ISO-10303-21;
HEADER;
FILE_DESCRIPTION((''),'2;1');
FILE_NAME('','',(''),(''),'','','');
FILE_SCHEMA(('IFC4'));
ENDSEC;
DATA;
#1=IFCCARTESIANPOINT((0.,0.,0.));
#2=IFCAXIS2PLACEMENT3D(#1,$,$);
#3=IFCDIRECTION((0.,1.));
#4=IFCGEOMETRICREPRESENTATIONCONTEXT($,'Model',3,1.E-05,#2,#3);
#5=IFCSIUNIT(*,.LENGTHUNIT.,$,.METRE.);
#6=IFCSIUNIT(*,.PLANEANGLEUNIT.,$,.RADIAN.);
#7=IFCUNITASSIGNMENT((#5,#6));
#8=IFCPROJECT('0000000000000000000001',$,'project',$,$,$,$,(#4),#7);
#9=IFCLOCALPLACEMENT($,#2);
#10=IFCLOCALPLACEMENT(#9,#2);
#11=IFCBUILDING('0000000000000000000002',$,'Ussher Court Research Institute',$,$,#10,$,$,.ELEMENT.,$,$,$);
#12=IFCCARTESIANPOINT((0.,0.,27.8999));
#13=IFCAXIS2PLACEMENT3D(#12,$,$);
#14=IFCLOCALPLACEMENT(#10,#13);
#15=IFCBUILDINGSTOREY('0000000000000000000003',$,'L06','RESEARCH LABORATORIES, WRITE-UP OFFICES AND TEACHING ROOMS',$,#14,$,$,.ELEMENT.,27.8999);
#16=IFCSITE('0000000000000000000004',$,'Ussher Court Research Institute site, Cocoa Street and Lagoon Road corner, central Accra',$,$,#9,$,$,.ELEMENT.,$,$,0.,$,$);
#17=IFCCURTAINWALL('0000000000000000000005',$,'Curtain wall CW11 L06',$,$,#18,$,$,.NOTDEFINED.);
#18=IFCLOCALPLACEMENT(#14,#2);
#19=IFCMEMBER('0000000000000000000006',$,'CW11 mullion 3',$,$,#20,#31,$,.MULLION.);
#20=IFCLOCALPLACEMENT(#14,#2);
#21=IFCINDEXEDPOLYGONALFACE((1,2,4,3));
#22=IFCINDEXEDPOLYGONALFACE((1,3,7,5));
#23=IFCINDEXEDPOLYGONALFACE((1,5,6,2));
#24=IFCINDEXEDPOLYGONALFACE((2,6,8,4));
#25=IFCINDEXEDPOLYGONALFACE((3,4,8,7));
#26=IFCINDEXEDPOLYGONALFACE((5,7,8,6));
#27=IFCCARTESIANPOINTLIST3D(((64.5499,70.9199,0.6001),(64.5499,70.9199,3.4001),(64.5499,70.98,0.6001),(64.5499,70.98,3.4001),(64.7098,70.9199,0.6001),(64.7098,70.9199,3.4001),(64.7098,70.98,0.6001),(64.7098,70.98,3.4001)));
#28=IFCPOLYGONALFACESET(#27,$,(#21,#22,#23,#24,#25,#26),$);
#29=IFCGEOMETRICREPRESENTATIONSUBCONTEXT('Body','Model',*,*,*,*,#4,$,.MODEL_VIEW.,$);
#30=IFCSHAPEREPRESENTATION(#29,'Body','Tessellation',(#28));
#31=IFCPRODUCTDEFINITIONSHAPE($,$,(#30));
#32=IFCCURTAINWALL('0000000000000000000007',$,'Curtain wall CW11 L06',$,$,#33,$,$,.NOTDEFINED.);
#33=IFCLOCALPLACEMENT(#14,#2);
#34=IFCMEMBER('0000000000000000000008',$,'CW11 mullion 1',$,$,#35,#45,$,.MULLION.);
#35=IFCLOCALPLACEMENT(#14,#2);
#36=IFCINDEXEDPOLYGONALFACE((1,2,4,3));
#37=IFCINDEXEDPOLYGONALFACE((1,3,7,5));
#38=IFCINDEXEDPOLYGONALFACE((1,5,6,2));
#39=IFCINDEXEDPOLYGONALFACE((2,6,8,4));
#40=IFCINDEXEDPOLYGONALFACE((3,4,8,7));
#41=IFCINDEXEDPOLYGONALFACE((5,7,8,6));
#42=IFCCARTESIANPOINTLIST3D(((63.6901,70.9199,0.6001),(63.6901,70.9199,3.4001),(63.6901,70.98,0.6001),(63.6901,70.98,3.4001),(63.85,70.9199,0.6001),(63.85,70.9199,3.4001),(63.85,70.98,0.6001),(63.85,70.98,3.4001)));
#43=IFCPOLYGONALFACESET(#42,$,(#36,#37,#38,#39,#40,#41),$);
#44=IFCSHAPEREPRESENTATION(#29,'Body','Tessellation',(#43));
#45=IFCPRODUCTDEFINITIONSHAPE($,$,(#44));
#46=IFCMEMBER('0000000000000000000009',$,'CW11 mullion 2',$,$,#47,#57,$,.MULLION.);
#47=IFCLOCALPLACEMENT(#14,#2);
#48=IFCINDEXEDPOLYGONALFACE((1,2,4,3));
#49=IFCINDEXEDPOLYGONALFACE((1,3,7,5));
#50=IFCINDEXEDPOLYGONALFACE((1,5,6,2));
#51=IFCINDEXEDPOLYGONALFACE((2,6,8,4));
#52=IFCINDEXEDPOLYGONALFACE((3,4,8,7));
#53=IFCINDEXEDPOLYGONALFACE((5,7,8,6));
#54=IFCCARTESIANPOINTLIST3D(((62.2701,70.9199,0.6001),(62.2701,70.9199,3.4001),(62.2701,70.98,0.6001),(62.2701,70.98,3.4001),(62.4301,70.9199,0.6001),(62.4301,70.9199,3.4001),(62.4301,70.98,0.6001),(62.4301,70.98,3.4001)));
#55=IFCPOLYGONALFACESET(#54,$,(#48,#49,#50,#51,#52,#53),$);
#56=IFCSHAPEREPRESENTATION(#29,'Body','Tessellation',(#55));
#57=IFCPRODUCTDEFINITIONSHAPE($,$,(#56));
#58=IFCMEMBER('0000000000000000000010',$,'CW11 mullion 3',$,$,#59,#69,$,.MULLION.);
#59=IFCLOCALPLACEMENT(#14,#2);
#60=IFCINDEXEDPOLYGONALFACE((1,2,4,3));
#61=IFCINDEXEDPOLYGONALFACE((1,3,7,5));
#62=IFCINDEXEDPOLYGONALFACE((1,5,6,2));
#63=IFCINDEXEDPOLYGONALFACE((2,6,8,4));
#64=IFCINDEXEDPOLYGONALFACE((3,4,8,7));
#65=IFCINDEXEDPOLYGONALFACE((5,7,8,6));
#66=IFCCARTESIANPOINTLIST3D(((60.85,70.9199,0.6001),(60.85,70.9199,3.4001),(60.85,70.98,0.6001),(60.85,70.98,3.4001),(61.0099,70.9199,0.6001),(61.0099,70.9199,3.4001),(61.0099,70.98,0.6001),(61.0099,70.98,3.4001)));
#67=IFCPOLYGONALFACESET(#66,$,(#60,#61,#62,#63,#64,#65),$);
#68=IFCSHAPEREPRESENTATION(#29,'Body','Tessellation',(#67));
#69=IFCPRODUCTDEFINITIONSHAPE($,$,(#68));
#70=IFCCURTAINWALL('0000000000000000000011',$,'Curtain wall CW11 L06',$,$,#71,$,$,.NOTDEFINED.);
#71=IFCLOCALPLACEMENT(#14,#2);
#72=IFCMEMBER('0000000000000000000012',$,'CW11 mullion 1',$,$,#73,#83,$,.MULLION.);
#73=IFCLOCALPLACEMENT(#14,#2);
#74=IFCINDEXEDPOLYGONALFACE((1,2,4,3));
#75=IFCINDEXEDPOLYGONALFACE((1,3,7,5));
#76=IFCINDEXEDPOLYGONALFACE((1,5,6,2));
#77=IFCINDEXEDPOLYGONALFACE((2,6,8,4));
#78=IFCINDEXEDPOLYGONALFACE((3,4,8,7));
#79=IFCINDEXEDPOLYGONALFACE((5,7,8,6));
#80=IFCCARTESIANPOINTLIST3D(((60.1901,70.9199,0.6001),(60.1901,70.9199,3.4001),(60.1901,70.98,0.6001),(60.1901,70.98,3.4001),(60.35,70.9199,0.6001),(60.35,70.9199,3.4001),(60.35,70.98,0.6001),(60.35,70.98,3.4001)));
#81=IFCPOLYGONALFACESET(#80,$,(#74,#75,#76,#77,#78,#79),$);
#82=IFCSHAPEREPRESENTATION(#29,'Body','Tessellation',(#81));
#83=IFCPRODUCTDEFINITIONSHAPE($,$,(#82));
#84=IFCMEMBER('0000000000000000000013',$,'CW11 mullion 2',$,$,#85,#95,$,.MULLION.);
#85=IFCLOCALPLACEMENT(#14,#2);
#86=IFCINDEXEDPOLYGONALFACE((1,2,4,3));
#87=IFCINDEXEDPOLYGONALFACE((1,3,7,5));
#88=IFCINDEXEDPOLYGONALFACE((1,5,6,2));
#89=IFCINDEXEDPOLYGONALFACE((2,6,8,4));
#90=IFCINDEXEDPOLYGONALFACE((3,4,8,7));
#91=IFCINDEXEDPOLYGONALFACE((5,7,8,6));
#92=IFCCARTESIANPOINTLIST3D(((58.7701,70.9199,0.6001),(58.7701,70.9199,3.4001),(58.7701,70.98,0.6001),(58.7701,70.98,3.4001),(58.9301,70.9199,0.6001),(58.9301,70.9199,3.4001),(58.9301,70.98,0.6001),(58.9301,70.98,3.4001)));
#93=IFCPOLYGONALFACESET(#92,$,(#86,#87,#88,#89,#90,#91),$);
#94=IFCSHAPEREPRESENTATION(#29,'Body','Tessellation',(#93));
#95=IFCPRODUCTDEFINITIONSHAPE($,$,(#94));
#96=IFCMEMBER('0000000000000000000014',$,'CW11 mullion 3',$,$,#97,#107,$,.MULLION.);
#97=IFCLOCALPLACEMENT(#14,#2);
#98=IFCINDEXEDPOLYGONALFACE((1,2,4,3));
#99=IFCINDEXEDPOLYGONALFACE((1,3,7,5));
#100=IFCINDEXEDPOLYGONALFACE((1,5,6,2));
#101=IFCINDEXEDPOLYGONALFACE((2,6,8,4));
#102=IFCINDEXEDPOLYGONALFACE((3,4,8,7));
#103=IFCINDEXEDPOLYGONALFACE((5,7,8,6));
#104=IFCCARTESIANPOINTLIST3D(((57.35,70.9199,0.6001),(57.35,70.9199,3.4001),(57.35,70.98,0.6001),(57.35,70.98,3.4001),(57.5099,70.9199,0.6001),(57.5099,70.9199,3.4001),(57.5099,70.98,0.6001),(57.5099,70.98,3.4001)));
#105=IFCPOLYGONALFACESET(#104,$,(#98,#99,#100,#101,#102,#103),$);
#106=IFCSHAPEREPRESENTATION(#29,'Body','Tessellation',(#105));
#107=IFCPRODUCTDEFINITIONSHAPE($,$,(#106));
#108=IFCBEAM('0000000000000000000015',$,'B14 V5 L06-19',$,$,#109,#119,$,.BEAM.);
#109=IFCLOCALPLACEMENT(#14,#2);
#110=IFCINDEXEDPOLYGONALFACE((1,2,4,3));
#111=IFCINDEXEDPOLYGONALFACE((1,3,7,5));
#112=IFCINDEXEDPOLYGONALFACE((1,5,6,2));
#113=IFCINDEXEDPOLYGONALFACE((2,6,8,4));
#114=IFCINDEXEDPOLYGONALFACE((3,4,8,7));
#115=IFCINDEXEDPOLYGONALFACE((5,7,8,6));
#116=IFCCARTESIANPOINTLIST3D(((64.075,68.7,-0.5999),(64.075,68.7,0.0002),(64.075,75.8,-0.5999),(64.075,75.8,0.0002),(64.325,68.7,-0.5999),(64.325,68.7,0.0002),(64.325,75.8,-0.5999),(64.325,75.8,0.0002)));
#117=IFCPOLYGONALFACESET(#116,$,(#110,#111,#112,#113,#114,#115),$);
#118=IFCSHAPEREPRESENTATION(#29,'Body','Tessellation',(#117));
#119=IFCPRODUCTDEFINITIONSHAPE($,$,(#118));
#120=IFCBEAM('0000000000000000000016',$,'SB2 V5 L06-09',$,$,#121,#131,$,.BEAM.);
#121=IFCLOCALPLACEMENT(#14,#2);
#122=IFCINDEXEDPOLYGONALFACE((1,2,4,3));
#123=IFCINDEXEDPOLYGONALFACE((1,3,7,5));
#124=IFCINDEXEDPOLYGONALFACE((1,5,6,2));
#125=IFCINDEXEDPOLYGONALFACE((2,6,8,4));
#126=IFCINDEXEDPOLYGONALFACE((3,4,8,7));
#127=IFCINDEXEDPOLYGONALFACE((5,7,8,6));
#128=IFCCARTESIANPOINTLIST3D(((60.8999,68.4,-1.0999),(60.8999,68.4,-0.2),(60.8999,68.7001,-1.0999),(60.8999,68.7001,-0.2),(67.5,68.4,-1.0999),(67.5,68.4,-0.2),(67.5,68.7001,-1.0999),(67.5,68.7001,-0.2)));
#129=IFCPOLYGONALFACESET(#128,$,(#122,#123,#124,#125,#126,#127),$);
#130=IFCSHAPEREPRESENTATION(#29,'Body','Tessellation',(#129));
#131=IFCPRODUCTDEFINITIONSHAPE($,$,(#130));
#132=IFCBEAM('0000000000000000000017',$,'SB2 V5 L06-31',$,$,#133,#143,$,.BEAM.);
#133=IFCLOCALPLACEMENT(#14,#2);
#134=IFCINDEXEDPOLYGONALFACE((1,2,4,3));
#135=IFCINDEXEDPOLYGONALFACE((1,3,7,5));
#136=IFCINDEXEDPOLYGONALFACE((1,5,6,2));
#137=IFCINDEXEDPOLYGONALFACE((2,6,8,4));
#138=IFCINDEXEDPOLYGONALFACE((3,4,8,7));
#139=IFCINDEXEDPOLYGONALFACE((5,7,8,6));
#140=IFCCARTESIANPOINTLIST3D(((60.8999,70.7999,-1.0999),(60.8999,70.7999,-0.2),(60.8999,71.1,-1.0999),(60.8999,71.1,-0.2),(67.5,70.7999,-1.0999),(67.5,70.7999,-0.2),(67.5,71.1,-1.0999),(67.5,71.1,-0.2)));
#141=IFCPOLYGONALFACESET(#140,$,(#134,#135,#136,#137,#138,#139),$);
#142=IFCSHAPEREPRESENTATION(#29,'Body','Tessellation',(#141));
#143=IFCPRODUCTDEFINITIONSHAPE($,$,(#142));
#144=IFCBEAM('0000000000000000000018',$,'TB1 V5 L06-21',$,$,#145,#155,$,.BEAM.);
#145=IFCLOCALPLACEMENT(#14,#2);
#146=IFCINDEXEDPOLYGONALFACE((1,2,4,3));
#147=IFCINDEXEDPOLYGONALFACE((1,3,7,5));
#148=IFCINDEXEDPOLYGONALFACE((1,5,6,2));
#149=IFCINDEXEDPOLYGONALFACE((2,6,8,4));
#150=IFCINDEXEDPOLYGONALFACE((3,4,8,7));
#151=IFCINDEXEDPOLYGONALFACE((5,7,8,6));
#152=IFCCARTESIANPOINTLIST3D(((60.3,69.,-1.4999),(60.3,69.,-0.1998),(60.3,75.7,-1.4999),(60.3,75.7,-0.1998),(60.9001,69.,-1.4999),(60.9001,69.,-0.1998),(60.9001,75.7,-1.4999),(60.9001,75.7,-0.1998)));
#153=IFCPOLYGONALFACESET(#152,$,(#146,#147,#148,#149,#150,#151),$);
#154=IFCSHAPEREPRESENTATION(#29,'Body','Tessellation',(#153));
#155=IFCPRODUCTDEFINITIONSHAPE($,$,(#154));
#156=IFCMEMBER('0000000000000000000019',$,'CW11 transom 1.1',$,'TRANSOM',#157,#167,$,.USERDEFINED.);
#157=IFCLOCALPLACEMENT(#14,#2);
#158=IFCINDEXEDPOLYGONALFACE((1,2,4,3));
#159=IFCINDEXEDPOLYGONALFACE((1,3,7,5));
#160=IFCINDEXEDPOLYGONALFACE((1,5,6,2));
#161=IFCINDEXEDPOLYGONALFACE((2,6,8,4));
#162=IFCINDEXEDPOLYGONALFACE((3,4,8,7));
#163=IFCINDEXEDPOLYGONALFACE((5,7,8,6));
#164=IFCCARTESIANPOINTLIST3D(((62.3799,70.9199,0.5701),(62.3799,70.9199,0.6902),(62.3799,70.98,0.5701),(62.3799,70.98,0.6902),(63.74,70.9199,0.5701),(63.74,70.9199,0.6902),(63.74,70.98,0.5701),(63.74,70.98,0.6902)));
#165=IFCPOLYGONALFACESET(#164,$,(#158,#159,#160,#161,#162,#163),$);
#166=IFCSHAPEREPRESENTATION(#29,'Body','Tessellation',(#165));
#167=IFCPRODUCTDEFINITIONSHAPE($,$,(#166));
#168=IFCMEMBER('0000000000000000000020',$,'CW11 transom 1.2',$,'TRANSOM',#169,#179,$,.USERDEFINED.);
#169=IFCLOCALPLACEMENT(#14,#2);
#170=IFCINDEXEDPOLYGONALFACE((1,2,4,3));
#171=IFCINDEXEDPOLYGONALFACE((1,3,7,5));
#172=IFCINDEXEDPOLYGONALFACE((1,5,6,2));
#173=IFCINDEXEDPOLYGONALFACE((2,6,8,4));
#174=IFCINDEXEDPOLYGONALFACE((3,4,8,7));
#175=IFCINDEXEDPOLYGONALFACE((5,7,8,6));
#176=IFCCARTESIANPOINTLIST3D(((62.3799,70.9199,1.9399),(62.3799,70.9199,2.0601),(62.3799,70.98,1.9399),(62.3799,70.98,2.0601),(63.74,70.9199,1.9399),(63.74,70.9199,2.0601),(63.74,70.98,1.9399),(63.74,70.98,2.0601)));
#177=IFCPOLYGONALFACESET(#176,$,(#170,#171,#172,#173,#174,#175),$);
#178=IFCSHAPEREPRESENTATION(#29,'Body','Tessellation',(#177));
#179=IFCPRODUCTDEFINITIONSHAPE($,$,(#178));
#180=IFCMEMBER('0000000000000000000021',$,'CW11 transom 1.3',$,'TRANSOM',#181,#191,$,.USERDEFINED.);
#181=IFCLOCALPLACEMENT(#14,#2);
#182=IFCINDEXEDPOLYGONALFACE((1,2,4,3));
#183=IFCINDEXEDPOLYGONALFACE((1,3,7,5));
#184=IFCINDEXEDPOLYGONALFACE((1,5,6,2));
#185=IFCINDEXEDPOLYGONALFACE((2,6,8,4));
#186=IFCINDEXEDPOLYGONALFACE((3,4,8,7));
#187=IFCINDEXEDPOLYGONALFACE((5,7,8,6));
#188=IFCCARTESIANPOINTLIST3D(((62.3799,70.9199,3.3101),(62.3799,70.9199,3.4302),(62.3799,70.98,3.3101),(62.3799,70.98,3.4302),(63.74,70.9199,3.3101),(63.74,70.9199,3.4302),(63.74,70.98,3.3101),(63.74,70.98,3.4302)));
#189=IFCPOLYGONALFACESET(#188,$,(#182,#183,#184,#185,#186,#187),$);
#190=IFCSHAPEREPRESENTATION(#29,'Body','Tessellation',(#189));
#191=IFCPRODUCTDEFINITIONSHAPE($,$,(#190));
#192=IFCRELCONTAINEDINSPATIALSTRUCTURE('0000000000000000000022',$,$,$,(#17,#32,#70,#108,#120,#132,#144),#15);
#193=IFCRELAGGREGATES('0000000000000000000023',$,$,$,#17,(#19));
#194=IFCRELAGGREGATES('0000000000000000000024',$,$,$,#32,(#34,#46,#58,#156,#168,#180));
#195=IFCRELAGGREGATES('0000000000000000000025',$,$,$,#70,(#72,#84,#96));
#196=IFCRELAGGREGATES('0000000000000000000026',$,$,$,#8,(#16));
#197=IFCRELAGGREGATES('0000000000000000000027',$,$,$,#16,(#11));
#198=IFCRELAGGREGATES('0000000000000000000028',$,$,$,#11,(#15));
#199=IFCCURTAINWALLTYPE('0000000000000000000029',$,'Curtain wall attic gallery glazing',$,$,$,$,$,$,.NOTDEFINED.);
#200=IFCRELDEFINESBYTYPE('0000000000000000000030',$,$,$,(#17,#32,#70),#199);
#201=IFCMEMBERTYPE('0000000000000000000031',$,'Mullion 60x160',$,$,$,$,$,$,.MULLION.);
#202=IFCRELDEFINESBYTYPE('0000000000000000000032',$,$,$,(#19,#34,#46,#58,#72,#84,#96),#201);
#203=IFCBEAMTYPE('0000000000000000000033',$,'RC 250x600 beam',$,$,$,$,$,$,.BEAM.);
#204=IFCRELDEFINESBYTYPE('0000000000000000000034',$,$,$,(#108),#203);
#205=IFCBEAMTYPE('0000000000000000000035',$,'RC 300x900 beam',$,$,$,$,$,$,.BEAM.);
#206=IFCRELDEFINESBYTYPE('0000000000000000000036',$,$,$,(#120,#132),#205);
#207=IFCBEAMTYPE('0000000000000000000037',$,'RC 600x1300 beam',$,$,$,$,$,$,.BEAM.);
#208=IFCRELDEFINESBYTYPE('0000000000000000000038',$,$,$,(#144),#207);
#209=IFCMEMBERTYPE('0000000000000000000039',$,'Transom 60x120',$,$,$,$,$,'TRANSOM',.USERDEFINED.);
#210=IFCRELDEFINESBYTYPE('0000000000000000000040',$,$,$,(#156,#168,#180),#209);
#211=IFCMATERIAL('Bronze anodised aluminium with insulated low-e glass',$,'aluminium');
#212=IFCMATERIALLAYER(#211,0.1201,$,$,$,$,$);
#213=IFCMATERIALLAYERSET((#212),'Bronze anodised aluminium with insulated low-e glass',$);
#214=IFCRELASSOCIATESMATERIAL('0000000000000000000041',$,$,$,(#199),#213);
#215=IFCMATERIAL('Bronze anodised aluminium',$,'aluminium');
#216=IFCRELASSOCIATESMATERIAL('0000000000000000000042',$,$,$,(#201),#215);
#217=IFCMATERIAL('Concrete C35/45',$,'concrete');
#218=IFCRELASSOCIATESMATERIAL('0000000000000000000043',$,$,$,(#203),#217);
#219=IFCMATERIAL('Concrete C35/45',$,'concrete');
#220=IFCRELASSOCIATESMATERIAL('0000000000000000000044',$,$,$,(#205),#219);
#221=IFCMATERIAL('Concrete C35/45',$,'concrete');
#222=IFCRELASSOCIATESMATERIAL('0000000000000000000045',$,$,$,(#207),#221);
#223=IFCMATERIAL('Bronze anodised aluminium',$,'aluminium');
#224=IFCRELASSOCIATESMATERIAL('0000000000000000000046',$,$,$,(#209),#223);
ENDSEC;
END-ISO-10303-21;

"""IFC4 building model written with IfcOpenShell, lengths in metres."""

from ifc_helpers import new_model, si_unit, direction, frame, origin, origin_2d, place, context, subcontext, project, spatial, rectangle, extrude, material, layer, layer_set, material_profile, profile_set, type_object, element, aggregate, save


model = new_model("IFC4")

# Units and contexts
model_context = context("Model", 3, precision=1e-05, world=origin(), true_north=direction((0.0, 1.0)))
body_context = subcontext(model_context, "Body", "Model", "MODEL_VIEW")
ifc_project = project(units=[si_unit("LENGTHUNIT", "METRE"), si_unit("PLANEANGLEUNIT", "RADIAN")], contexts=[model_context])

# Site, building, storey
site_placement = place(None, origin())
site = spatial("IfcSite", under=ifc_project, at=site_placement, Name="Ussher Court Research Institute site, Cocoa Street and Lagoon Road corner, central Accra", CompositionType="ELEMENT", RefElevation=0.0)
building_placement = place(site_placement, origin())
building = spatial("IfcBuilding", under=site, at=building_placement, Name="Ussher Court Research Institute", CompositionType="ELEMENT")
storey_placement = place(building_placement, frame((0.0, 0.0, 27.8999)))
storey = spatial("IfcBuildingStorey", under=building, at=storey_placement, Name="L06", Description="RESEARCH LABORATORIES, WRITE-UP OFFICES AND TEACHING ROOMS", CompositionType="ELEMENT", Elevation=27.8999)

# Curtain wall, member
ifc_material_1 = material(Name="Bronze anodised aluminium with insulated low-e glass", Category="aluminium")
ifc_layer_1 = layer(ifc_material_1, 0.1201)
ifc_layer_set_1 = layer_set([ifc_layer_1], Name="Bronze anodised aluminium with insulated low-e glass")
curtain_wall_type = type_object("IfcCurtainWallType", Name="Curtain wall attic gallery glazing", PredefinedType="NOTDEFINED", material=ifc_layer_set_1)
curtain_wall_1_placement = place(storey_placement, origin())
curtain_wall_1 = element("IfcCurtainWall", 1, at=curtain_wall_1_placement, inside=storey, type_object=curtain_wall_type, Name="Curtain wall CW11 L06", PredefinedType="NOTDEFINED")
ifc_material_2 = material(Name="Bronze anodised aluminium", Category="aluminium")
ifc_material_profile_1 = material_profile(ifc_material_2, rectangle(XDim=0.0601, YDim=0.1599, at=origin_2d()), Name="Mullion 60x160")
ifc_profile_set_1 = profile_set([ifc_material_profile_1], Name="Bronze anodised aluminium")
member_type_1 = type_object("IfcMemberType", Name="Mullion 60x160", PredefinedType="MULLION", material=ifc_profile_set_1)
member_1_placement = place(storey_placement, frame((64.6299, 70.95, 0.6001), z_axis=(0.0, 0.0, 1.0), x_axis=(0.0, -1.0, 0.0)))
member_1 = element("IfcMember", 2, at=member_1_placement, type_object=member_type_1, Name="CW11 mullion 3", PredefinedType="MULLION", context=body_context, shape_type="SweptSolid", body=[
    extrude(rectangle(XDim=0.0601, YDim=0.1599, at=origin_2d()), origin(), (0.0, 0.0, 1.0), 2.8),
])

# Curtain walls, members
curtain_wall_2_placement = place(storey_placement, origin())
curtain_wall_2 = element("IfcCurtainWall", 3, at=curtain_wall_2_placement, inside=storey, type_object=curtain_wall_type, Name="Curtain wall CW11 L06", PredefinedType="NOTDEFINED")
member_2_placement = place(storey_placement, frame((63.77, 70.95, 0.6001), z_axis=(0.0, 0.0, 1.0), x_axis=(0.0, -1.0, 0.0)))
member_2 = element("IfcMember", 4, at=member_2_placement, type_object=member_type_1, Name="CW11 mullion 1", PredefinedType="MULLION", context=body_context, shape_type="SweptSolid", body=[
    extrude(rectangle(XDim=0.0601, YDim=0.1599, at=origin_2d()), origin(), (0.0, 0.0, 1.0), 2.8),
])
member_3_placement = place(storey_placement, frame((62.3501, 70.95, 0.6001), z_axis=(0.0, 0.0, 1.0), x_axis=(0.0, -1.0, 0.0)))
member_3 = element("IfcMember", 5, at=member_3_placement, type_object=member_type_1, Name="CW11 mullion 2", PredefinedType="MULLION", context=body_context, shape_type="SweptSolid", body=[
    extrude(rectangle(XDim=0.0601, YDim=0.1599, at=origin_2d()), origin(), (0.0, 0.0, 1.0), 2.8),
])
member_4_placement = place(storey_placement, frame((60.9299, 70.95, 0.6001), z_axis=(0.0, 0.0, 1.0), x_axis=(0.0, -1.0, 0.0)))
member_4 = element("IfcMember", 6, at=member_4_placement, type_object=member_type_1, Name="CW11 mullion 3", PredefinedType="MULLION", context=body_context, shape_type="SweptSolid", body=[
    extrude(rectangle(XDim=0.0601, YDim=0.1599, at=origin_2d()), origin(), (0.0, 0.0, 1.0), 2.8),
])
curtain_wall_3_placement = place(storey_placement, origin())
curtain_wall_3 = element("IfcCurtainWall", 7, at=curtain_wall_3_placement, inside=storey, type_object=curtain_wall_type, Name="Curtain wall CW11 L06", PredefinedType="NOTDEFINED")
member_5_placement = place(storey_placement, frame((60.27, 70.95, 0.6001), z_axis=(0.0, 0.0, 1.0), x_axis=(0.0, -1.0, 0.0)))
member_5 = element("IfcMember", 8, at=member_5_placement, type_object=member_type_1, Name="CW11 mullion 1", PredefinedType="MULLION", context=body_context, shape_type="SweptSolid", body=[
    extrude(rectangle(XDim=0.0601, YDim=0.1599, at=origin_2d()), origin(), (0.0, 0.0, 1.0), 2.8),
])
member_6_placement = place(storey_placement, frame((58.8501, 70.95, 0.6001), z_axis=(0.0, 0.0, 1.0), x_axis=(0.0, -1.0, 0.0)))
member_6 = element("IfcMember", 9, at=member_6_placement, type_object=member_type_1, Name="CW11 mullion 2", PredefinedType="MULLION", context=body_context, shape_type="SweptSolid", body=[
    extrude(rectangle(XDim=0.0601, YDim=0.1599, at=origin_2d()), origin(), (0.0, 0.0, 1.0), 2.8),
])
member_7_placement = place(storey_placement, frame((57.4299, 70.95, 0.6001), z_axis=(0.0, 0.0, 1.0), x_axis=(0.0, -1.0, 0.0)))
member_7 = element("IfcMember", 10, at=member_7_placement, type_object=member_type_1, Name="CW11 mullion 3", PredefinedType="MULLION", context=body_context, shape_type="SweptSolid", body=[
    extrude(rectangle(XDim=0.0601, YDim=0.1599, at=origin_2d()), origin(), (0.0, 0.0, 1.0), 2.8),
])

# Beams
ifc_material_3 = material(Name="Concrete C35/45", Category="concrete")
ifc_material_profile_2 = material_profile(ifc_material_3, rectangle(XDim=0.25, YDim=0.6001, at=origin_2d()), Name="RC 250x600")
ifc_profile_set_2 = profile_set([ifc_material_profile_2], Name="Concrete C35/45")
beam_type_1 = type_object("IfcBeamType", Name="RC 250x600 beam", PredefinedType="BEAM", material=ifc_profile_set_2)
beam_1_placement = place(storey_placement, frame((64.2, 68.7, -0.2998), z_axis=(0.0, 1.0, 0.0), x_axis=(-1.0, 0.0, 0.0)))
element("IfcBeam", 11, at=beam_1_placement, inside=storey, type_object=beam_type_1, Name="B14 V5 L06-19", PredefinedType="BEAM", context=body_context, shape_type="SweptSolid", body=[
    extrude(rectangle(XDim=0.25, YDim=0.6001, at=origin_2d()), origin(), (0.0, 0.0, 1.0), 7.1001),
])
ifc_material_4 = material(Name="Concrete C35/45", Category="concrete")
ifc_material_profile_3 = material_profile(ifc_material_4, rectangle(XDim=0.3, YDim=0.8999, at=origin_2d()), Name="RC 300x900")
ifc_profile_set_3 = profile_set([ifc_material_profile_3], Name="Concrete C35/45")
beam_type_2 = type_object("IfcBeamType", Name="RC 300x900 beam", PredefinedType="BEAM", material=ifc_profile_set_3)
for number, where, z_axis, x_axis, name in (
    (12, (60.8999, 68.55, -0.6499), (1.0, 0.0, 0.0), (0.0, 1.0, 0.0), "SB2 V5 L06-09"),
    (13, (60.8999, 70.95, -0.6499), (1.0, 0.0, 0.0), (0.0, 1.0, 0.0), "SB2 V5 L06-31"),
):
    element("IfcBeam", number, at=place(storey_placement, frame(where, z_axis=z_axis, x_axis=x_axis)), inside=storey, type_object=beam_type_2, Name=name, PredefinedType="BEAM", context=body_context, shape_type="SweptSolid", body=[
        extrude(rectangle(XDim=0.3, YDim=0.8999, at=origin_2d()), origin(), (0.0, 0.0, 1.0), 6.6001),
    ])
ifc_material_5 = material(Name="Concrete C35/45", Category="concrete")
ifc_material_profile_4 = material_profile(ifc_material_5, rectangle(XDim=0.6001, YDim=1.3, at=origin_2d()), Name="RC 600x1300")
ifc_profile_set_4 = profile_set([ifc_material_profile_4], Name="Concrete C35/45")
beam_type_3 = type_object("IfcBeamType", Name="RC 600x1300 beam", PredefinedType="BEAM", material=ifc_profile_set_4)
beam_2_placement = place(storey_placement, frame((60.6001, 69.0, -0.8499), z_axis=(0.0, 1.0, 0.0), x_axis=(-1.0, 0.0, 0.0)))
element("IfcBeam", 14, at=beam_2_placement, inside=storey, type_object=beam_type_3, Name="TB1 V5 L06-21", PredefinedType="BEAM", context=body_context, shape_type="SweptSolid", body=[
    extrude(rectangle(XDim=0.6001, YDim=1.3, at=origin_2d()), origin(), (0.0, 0.0, 1.0), 6.7),
])

# Members
ifc_material_6 = material(Name="Bronze anodised aluminium", Category="aluminium")
ifc_material_profile_5 = material_profile(ifc_material_6, rectangle(XDim=0.0601, YDim=0.1201, at=origin_2d()), Name="Transom 60x120")
ifc_profile_set_5 = profile_set([ifc_material_profile_5], Name="Bronze anodised aluminium")
member_type_2 = type_object("IfcMemberType", Name="Transom 60x120", ElementType="TRANSOM", PredefinedType="USERDEFINED", material=ifc_profile_set_5)
member_8_placement = place(storey_placement, frame((63.74, 70.95, 0.6301), z_axis=(-1.0, 0.0, 0.0), x_axis=(0.0, -1.0, 0.0)))
member_8 = element("IfcMember", 15, at=member_8_placement, type_object=member_type_2, Name="CW11 transom 1.1", ObjectType="TRANSOM", PredefinedType="USERDEFINED", context=body_context, shape_type="SweptSolid", body=[
    extrude(rectangle(XDim=0.0601, YDim=0.1201, at=origin_2d()), origin(), (0.0, 0.0, 1.0), 1.3601),
])
member_9_placement = place(storey_placement, frame((63.74, 70.95, 2.0), z_axis=(-1.0, 0.0, 0.0), x_axis=(0.0, -1.0, 0.0)))
member_9 = element("IfcMember", 16, at=member_9_placement, type_object=member_type_2, Name="CW11 transom 1.2", ObjectType="TRANSOM", PredefinedType="USERDEFINED", context=body_context, shape_type="SweptSolid", body=[
    extrude(rectangle(XDim=0.0601, YDim=0.1201, at=origin_2d()), origin(), (0.0, 0.0, 1.0), 1.3601),
])
member_10_placement = place(storey_placement, frame((63.74, 70.95, 3.3701), z_axis=(-1.0, 0.0, 0.0), x_axis=(0.0, -1.0, 0.0)))
member_10 = element("IfcMember", 17, at=member_10_placement, type_object=member_type_2, Name="CW11 transom 1.3", ObjectType="TRANSOM", PredefinedType="USERDEFINED", context=body_context, shape_type="SweptSolid", body=[
    extrude(rectangle(XDim=0.0601, YDim=0.1201, at=origin_2d()), origin(), (0.0, 0.0, 1.0), 1.3601),
])

aggregate(curtain_wall_1, [member_1])
aggregate(curtain_wall_2, [member_2, member_3, member_4, member_8, member_9, member_10])
aggregate(curtain_wall_3, [member_5, member_6, member_7])

save(model, "model.ifc")
